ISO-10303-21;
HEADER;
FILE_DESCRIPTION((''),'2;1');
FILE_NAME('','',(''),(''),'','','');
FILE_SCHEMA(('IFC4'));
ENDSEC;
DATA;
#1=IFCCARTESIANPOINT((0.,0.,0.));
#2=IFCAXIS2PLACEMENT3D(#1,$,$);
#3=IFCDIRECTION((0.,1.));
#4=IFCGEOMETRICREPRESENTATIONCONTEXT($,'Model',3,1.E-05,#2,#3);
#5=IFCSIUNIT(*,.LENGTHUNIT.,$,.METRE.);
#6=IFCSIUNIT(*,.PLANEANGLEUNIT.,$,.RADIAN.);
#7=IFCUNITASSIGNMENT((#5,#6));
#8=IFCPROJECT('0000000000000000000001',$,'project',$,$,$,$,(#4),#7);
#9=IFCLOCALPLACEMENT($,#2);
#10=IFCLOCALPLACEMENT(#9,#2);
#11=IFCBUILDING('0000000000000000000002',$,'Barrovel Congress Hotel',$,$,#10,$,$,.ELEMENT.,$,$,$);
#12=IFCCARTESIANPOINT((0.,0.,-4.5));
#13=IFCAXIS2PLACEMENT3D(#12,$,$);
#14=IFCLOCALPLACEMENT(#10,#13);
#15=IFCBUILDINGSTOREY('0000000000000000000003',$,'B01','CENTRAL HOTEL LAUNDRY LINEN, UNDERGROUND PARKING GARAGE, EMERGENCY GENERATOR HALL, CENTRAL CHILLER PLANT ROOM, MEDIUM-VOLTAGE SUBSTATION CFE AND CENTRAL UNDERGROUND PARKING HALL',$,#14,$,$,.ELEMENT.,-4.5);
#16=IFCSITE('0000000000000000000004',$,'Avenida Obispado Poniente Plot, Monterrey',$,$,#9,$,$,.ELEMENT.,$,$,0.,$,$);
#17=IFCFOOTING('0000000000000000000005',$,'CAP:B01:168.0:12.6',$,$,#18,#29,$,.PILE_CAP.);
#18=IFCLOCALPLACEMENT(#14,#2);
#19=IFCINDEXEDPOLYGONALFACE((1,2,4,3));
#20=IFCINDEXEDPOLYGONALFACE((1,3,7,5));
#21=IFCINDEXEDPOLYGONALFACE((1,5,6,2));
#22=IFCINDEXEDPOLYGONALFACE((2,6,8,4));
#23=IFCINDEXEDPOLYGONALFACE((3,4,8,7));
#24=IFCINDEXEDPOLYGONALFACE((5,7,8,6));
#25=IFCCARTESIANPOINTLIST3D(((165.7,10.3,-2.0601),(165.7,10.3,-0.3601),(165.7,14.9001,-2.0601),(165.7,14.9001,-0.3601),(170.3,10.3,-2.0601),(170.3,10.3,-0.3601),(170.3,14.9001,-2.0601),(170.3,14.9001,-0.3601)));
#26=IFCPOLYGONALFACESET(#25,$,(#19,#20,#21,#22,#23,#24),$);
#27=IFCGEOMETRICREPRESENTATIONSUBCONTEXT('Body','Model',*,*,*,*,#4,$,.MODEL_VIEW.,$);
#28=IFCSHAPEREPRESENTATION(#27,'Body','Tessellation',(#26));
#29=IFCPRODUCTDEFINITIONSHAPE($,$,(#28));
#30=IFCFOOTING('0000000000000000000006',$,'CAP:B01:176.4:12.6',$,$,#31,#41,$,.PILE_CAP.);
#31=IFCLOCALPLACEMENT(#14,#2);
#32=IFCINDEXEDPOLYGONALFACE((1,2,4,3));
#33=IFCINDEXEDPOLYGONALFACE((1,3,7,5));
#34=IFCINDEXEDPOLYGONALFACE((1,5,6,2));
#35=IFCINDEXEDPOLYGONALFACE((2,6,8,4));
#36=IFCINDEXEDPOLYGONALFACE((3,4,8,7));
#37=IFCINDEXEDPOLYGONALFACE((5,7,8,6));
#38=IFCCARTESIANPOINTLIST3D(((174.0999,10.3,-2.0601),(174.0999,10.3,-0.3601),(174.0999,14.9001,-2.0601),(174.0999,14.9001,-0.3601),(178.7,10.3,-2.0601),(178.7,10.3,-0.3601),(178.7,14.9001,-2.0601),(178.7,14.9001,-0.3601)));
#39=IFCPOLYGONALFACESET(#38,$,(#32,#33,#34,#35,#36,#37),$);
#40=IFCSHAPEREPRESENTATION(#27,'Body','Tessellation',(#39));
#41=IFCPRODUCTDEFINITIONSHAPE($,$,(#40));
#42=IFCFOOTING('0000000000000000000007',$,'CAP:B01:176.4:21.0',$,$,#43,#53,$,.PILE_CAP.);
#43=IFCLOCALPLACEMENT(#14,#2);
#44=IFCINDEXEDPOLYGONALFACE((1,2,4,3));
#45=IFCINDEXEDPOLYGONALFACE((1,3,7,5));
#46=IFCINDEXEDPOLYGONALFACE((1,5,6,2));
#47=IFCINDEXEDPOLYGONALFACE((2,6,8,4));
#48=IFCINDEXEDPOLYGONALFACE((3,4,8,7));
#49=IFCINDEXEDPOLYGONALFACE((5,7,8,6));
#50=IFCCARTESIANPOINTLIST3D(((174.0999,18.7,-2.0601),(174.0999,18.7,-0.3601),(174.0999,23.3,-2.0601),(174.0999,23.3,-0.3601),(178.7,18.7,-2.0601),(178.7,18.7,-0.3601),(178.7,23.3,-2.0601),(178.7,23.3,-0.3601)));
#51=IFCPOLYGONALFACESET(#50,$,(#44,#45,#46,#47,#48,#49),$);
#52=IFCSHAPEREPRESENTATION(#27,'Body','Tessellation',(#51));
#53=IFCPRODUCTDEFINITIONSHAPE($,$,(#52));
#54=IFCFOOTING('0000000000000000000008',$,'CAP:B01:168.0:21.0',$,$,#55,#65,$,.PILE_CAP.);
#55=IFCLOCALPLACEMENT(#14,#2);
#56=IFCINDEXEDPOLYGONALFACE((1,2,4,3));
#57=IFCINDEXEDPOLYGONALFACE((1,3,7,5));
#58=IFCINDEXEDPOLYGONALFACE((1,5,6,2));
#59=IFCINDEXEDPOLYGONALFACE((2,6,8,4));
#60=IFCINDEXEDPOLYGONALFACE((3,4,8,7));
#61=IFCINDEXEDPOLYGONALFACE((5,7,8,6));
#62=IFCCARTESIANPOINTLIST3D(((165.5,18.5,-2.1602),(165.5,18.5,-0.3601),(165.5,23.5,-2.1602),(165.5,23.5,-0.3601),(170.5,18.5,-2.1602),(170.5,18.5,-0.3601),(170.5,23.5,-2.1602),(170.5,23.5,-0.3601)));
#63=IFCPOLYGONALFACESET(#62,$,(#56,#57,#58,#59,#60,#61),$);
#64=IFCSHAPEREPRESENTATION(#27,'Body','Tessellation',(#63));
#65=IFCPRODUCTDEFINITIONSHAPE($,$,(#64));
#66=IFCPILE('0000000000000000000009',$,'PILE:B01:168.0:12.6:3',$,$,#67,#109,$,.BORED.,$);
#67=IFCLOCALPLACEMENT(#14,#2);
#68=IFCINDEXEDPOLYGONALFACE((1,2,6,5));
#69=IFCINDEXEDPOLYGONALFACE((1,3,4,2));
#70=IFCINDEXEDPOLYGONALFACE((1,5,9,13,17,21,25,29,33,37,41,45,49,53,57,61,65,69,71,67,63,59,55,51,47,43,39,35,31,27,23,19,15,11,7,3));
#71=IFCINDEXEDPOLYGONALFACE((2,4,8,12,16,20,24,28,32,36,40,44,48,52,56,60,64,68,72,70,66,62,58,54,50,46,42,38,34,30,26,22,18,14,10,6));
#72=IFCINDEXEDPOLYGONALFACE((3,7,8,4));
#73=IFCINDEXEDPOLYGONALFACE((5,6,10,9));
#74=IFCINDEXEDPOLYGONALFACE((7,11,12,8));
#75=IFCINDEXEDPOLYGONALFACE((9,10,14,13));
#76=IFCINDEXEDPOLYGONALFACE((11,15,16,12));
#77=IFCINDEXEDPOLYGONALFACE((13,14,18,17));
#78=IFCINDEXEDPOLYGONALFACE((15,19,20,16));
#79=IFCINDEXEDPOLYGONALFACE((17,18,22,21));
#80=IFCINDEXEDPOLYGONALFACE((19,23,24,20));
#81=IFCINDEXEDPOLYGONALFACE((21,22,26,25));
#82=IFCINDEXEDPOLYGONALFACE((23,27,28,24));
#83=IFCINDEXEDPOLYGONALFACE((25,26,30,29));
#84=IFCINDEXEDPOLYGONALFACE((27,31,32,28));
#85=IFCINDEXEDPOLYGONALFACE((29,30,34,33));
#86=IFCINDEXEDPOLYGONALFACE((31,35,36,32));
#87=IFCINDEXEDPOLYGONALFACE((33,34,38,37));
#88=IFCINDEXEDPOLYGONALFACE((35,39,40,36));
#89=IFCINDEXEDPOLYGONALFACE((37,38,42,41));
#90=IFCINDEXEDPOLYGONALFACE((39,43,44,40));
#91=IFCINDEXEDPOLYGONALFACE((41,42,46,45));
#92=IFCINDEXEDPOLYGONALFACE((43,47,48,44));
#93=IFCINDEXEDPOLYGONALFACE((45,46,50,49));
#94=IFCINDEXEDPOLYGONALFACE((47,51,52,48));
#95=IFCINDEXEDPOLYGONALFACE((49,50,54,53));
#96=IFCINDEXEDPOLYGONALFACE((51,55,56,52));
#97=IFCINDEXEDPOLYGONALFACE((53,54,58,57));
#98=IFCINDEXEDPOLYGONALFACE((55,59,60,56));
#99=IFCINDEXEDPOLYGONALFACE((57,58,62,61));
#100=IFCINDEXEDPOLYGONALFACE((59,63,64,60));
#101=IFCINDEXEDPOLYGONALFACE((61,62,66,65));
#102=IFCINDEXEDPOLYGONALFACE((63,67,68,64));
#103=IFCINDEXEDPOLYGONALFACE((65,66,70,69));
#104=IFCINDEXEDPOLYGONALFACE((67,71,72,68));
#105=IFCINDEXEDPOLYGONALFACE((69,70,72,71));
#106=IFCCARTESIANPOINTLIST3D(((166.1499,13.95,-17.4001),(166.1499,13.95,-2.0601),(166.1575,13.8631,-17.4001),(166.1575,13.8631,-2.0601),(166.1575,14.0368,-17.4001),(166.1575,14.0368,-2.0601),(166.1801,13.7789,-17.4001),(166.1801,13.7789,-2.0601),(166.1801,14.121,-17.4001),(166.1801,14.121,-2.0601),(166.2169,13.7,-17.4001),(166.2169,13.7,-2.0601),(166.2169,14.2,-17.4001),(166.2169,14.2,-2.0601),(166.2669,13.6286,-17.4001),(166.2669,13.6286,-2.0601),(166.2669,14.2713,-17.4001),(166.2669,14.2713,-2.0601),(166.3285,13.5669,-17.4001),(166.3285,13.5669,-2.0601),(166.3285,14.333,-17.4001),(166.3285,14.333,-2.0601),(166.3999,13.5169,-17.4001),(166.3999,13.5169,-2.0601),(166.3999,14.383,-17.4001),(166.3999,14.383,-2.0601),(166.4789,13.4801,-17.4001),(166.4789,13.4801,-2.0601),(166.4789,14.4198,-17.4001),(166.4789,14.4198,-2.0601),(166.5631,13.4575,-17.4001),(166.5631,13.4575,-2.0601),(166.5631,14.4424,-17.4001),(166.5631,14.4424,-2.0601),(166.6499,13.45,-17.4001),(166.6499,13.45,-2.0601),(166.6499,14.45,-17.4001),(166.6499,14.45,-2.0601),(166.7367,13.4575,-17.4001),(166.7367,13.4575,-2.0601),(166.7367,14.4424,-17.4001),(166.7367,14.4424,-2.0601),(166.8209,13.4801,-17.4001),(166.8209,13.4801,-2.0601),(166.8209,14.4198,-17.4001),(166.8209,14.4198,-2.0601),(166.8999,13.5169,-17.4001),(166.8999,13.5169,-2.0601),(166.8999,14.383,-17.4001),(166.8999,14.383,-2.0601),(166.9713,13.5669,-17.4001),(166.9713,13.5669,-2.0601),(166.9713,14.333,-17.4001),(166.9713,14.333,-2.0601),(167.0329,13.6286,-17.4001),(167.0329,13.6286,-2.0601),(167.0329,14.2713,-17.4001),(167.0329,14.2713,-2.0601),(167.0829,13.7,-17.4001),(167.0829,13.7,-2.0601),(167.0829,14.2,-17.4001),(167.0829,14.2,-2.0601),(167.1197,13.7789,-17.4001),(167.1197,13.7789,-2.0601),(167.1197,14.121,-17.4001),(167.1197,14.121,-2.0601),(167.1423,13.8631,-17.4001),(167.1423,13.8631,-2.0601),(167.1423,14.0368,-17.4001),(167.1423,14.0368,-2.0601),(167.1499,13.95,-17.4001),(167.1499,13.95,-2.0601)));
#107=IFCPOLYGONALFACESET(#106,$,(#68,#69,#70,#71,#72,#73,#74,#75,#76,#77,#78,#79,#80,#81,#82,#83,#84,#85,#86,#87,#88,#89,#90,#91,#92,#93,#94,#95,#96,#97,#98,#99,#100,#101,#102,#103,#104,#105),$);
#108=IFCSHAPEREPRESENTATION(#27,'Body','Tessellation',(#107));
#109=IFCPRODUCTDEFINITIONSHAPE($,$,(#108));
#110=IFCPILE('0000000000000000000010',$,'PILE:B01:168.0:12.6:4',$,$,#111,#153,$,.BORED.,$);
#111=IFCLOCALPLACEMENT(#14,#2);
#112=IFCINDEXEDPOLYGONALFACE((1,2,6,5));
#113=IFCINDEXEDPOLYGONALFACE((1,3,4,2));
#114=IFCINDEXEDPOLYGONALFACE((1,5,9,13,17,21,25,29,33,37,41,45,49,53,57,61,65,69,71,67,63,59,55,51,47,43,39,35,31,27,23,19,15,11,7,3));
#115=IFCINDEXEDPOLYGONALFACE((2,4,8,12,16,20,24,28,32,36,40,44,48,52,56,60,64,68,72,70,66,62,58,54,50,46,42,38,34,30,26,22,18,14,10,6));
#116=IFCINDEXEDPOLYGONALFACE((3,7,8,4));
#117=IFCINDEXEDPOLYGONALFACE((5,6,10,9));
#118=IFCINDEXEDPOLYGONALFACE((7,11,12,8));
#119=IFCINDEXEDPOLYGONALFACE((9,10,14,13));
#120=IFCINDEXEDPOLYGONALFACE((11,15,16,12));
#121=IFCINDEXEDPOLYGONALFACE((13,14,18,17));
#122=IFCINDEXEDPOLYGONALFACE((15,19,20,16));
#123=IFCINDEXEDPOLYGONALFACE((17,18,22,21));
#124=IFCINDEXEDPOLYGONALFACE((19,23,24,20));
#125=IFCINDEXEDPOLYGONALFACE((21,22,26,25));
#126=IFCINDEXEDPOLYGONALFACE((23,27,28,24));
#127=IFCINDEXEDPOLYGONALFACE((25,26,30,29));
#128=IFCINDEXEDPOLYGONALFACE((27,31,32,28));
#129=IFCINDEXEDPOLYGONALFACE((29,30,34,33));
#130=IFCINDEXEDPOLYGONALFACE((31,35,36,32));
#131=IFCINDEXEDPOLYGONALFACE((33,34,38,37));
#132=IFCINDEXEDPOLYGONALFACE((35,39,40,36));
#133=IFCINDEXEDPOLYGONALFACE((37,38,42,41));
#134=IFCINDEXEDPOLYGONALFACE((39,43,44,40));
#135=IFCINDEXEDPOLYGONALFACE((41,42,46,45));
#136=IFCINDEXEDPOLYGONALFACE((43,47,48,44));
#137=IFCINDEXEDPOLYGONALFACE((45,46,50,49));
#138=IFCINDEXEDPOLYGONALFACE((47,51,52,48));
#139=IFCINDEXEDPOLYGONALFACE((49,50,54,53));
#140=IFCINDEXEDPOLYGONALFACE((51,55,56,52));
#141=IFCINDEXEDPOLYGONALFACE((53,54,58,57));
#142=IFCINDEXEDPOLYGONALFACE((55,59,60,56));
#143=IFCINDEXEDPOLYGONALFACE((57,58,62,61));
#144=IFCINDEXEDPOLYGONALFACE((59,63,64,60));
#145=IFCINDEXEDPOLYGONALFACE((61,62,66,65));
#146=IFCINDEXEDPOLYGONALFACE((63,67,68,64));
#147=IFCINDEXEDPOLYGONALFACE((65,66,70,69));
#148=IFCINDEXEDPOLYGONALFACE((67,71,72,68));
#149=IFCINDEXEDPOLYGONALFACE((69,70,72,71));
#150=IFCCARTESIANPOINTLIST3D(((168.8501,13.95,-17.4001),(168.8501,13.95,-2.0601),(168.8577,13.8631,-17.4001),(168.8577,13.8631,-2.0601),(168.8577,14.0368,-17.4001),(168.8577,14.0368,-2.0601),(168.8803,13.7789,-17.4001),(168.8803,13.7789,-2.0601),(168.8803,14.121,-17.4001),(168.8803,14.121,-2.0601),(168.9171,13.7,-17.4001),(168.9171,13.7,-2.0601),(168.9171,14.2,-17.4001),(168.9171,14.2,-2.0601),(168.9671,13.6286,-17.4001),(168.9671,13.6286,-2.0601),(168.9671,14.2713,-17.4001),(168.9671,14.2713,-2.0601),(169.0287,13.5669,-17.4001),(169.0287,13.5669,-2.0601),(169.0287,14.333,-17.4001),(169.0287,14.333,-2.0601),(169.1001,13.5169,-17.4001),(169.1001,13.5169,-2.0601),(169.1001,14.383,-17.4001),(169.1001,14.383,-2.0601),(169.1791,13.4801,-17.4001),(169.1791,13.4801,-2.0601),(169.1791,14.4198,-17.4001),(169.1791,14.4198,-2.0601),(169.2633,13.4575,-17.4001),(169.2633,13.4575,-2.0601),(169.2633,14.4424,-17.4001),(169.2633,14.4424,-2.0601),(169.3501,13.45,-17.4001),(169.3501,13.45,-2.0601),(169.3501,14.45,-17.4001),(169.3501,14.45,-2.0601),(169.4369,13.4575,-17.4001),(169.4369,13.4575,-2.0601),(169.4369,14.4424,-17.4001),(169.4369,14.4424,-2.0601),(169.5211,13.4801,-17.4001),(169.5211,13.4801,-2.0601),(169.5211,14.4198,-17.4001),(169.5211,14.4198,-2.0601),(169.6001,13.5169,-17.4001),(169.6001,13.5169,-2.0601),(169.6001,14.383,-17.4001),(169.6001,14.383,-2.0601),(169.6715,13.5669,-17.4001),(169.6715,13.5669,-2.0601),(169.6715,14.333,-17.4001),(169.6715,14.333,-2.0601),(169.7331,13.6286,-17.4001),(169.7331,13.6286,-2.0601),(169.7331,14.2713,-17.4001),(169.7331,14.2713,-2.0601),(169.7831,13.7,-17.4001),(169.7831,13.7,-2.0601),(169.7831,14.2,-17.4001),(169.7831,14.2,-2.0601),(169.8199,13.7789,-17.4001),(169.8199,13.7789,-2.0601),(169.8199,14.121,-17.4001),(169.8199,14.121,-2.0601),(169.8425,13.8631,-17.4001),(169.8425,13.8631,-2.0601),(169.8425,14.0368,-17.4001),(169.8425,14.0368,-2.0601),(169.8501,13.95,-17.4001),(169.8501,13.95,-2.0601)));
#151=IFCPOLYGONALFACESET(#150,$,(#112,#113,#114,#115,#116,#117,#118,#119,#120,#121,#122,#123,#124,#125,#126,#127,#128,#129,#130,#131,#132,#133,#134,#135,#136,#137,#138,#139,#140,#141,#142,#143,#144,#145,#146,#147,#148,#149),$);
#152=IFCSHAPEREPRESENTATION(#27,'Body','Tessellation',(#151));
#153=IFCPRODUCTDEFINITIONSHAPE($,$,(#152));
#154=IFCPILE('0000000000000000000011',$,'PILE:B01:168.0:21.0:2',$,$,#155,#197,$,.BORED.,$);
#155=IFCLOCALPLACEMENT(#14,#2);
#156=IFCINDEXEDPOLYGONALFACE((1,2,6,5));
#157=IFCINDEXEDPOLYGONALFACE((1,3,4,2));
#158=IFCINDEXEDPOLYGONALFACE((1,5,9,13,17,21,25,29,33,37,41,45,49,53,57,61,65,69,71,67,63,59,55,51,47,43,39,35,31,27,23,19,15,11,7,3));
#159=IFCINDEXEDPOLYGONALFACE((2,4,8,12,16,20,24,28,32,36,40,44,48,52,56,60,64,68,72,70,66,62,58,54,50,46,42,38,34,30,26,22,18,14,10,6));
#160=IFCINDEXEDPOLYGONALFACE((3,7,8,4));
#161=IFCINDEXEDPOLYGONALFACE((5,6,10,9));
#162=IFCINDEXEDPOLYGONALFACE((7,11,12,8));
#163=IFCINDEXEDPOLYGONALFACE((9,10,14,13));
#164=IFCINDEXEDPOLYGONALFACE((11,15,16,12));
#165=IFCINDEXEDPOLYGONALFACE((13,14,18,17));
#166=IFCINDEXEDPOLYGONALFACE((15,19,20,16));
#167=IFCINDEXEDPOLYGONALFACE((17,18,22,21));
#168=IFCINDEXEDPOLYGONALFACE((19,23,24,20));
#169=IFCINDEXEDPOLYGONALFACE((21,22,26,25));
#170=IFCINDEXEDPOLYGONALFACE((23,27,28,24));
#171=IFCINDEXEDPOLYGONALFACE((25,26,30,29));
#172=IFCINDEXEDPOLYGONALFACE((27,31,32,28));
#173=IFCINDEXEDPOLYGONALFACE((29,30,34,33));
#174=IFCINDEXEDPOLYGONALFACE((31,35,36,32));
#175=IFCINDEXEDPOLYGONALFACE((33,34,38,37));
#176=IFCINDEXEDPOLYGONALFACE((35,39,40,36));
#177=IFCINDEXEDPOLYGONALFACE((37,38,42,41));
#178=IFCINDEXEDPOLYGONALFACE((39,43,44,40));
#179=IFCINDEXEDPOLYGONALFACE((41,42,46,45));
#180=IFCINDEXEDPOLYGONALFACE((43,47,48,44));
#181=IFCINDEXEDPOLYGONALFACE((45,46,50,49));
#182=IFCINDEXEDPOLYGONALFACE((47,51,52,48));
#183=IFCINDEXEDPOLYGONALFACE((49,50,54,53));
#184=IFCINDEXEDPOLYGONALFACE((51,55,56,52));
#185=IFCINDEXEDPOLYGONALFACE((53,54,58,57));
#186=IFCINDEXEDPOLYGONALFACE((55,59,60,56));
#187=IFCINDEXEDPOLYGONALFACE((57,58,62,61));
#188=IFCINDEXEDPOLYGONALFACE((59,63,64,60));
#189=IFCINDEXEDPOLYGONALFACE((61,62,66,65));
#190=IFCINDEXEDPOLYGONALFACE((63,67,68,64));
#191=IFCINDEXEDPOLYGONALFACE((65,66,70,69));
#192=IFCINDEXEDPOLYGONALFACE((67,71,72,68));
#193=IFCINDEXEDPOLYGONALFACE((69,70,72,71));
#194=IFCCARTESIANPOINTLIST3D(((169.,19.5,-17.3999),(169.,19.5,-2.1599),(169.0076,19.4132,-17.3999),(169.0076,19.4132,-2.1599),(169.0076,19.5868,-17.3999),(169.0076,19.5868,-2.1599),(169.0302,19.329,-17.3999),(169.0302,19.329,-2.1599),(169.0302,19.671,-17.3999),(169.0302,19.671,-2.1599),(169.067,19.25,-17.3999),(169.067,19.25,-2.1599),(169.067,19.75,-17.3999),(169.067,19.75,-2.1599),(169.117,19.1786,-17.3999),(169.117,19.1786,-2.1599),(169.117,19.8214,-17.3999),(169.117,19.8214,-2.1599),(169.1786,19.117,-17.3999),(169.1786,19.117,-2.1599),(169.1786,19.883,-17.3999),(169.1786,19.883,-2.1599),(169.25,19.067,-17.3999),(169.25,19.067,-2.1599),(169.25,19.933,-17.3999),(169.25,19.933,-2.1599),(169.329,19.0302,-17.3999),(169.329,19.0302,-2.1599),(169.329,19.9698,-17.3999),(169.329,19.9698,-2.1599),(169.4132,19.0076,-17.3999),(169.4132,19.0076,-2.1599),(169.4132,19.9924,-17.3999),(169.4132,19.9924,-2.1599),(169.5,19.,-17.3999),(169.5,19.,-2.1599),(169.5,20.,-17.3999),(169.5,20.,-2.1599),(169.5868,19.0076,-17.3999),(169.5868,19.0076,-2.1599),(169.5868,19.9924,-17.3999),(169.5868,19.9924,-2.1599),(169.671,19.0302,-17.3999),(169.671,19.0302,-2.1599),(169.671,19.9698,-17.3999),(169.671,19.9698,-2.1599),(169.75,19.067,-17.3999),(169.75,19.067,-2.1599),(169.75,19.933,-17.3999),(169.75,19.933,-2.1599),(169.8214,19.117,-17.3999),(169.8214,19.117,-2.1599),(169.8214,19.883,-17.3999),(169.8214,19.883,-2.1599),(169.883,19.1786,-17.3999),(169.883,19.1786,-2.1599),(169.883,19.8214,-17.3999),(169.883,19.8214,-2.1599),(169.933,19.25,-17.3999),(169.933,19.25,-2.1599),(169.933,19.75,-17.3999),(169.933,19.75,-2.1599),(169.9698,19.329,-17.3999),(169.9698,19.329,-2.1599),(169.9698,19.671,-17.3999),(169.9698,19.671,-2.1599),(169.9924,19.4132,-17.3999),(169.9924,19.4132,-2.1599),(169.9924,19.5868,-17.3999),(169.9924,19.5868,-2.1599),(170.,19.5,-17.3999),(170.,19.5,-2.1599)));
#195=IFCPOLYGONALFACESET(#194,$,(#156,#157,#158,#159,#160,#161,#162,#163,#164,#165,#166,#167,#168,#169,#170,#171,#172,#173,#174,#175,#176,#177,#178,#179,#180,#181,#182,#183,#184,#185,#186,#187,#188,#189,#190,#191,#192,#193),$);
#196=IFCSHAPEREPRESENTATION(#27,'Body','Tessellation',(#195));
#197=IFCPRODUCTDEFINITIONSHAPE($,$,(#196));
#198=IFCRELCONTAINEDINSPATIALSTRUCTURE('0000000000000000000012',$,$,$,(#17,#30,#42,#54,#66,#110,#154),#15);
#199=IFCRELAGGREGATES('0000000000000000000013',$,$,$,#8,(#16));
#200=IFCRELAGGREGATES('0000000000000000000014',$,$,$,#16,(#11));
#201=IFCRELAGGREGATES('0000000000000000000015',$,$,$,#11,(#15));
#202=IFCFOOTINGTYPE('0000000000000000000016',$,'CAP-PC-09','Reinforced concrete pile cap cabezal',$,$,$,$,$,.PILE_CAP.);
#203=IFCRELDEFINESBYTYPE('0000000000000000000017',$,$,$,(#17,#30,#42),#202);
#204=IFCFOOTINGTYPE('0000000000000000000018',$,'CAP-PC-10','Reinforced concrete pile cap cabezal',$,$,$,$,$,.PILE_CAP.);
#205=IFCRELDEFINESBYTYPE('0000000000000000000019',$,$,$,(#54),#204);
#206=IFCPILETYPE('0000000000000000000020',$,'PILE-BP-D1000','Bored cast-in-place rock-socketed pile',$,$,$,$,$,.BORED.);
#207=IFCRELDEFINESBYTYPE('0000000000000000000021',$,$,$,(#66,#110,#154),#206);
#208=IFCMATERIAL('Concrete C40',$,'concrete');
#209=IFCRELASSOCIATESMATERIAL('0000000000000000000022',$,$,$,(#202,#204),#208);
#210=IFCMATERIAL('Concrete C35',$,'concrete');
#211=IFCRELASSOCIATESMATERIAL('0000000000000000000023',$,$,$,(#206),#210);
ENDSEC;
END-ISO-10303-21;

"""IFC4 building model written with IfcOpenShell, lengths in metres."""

from ifc_helpers import new_model, si_unit, direction, frame, origin, origin_2d, place, context, subcontext, project, spatial, rectangle, circle, extrude, material, material_profile, profile_set, type_object, element, save


model = new_model("IFC4")

# Units and contexts
model_context = context("Model", 3, precision=1e-05, world=origin(), true_north=direction((0.0, 1.0)))
body_context = subcontext(model_context, "Body", "Model", "MODEL_VIEW")
ifc_project = project(units=[si_unit("LENGTHUNIT", "METRE"), si_unit("PLANEANGLEUNIT", "RADIAN")], contexts=[model_context])

# Site, building, storey
site_placement = place(None, origin())
site = spatial("IfcSite", under=ifc_project, at=site_placement, Name="Avenida Obispado Poniente Plot, Monterrey", CompositionType="ELEMENT", RefElevation=0.0)
building_placement = place(site_placement, origin())
building = spatial("IfcBuilding", under=site, at=building_placement, Name="Barrovel Congress Hotel", CompositionType="ELEMENT")
storey_placement = place(building_placement, frame((0.0, 0.0, -4.5)))
storey = spatial("IfcBuildingStorey", under=building, at=storey_placement, Name="B01", Description="CENTRAL HOTEL LAUNDRY LINEN, UNDERGROUND PARKING GARAGE, EMERGENCY GENERATOR HALL, CENTRAL CHILLER PLANT ROOM, MEDIUM-VOLTAGE SUBSTATION CFE AND CENTRAL UNDERGROUND PARKING HALL", CompositionType="ELEMENT", Elevation=-4.5)

# Footings
ifc_material_1 = material(Name="Concrete C40", Category="concrete")
footing_type_1 = type_object("IfcFootingType", Name="CAP-PC-09", Description="Reinforced concrete pile cap cabezal", PredefinedType="PILE_CAP", material=ifc_material_1)
for number, where, z_axis, x_axis, name in (
    (1, (168.0, 12.6001, -2.0601), (0.0, 0.0, 1.0), (1.0, 0.0, 0.0), "CAP:B01:168.0:12.6"),
    (2, (176.3999, 12.6001, -2.0601), (0.0, 0.0, 1.0), (1.0, 0.0, 0.0), "CAP:B01:176.4:12.6"),
    (3, (176.3999, 21.0, -2.0601), (0.0, 0.0, 1.0), (1.0, 0.0, 0.0), "CAP:B01:176.4:21.0"),
):
    element("IfcFooting", number, at=place(storey_placement, frame(where, z_axis=z_axis, x_axis=x_axis)), inside=storey, type_object=footing_type_1, Name=name, PredefinedType="PILE_CAP", context=body_context, shape_type="SweptSolid", body=[
        extrude(rectangle(XDim=4.6001, YDim=4.6001, at=origin_2d()), origin(), (0.0, 0.0, 1.0), 1.7),
    ])
footing_type_2 = type_object("IfcFootingType", Name="CAP-PC-10", Description="Reinforced concrete pile cap cabezal", PredefinedType="PILE_CAP", material=ifc_material_1)
footing_placement = place(storey_placement, frame((168.0, 21.0, -2.1602), z_axis=(0.0, 0.0, 1.0), x_axis=(1.0, 0.0, 0.0)))
element("IfcFooting", 4, at=footing_placement, inside=storey, type_object=footing_type_2, Name="CAP:B01:168.0:21.0", PredefinedType="PILE_CAP", context=body_context, shape_type="SweptSolid", body=[
    extrude(rectangle(XDim=5.0, YDim=5.0, at=origin_2d()), origin(), (0.0, 0.0, 1.0), 1.8),
])

# Piles
ifc_material_2 = material(Name="Concrete C35", Category="concrete")
ifc_material_profile_1 = material_profile(ifc_material_2, circle(Radius=0.5, at=origin_2d()), Name="BP-D1000")
ifc_profile_set_1 = profile_set([ifc_material_profile_1], Name="Concrete C35")
pile_type_1 = type_object("IfcPileType", Name="PILE-BP-D1000", Description="Bored cast-in-place rock-socketed pile", PredefinedType="BORED", material=ifc_profile_set_1)
for number, where, z_axis, x_axis, name in (
    (5, (166.6499, 13.95, -2.0601), (0.0, 0.0, -1.0), (1.0, 0.0, 0.0), "PILE:B01:168.0:12.6:3"),
    (6, (169.3501, 13.95, -2.0601), (0.0, 0.0, -1.0), (1.0, 0.0, 0.0), "PILE:B01:168.0:12.6:4"),
):
    element("IfcPile", number, at=place(storey_placement, frame(where, z_axis=z_axis, x_axis=x_axis)), inside=storey, type_object=pile_type_1, Name=name, PredefinedType="BORED", context=body_context, shape_type="SweptSolid", body=[
        extrude(circle(Radius=0.5, at=origin_2d()), origin(), (0.0, 0.0, 1.0), 15.3401),
    ])
for number, where, z_axis, x_axis, name in (
    (7, (169.5, 19.5, -2.1599), (0.0, 0.0, -1.0), (1.0, 0.0, 0.0), "PILE:B01:168.0:21.0:2"),
):
    element("IfcPile", number, at=place(storey_placement, frame(where, z_axis=z_axis, x_axis=x_axis)), inside=storey, type_object=pile_type_1, Name=name, PredefinedType="BORED", context=body_context, shape_type="SweptSolid", body=[
        extrude(circle(Radius=0.5, at=origin_2d()), origin(), (0.0, 0.0, 1.0), 15.24),
    ])

save(model, "model.ifc")
